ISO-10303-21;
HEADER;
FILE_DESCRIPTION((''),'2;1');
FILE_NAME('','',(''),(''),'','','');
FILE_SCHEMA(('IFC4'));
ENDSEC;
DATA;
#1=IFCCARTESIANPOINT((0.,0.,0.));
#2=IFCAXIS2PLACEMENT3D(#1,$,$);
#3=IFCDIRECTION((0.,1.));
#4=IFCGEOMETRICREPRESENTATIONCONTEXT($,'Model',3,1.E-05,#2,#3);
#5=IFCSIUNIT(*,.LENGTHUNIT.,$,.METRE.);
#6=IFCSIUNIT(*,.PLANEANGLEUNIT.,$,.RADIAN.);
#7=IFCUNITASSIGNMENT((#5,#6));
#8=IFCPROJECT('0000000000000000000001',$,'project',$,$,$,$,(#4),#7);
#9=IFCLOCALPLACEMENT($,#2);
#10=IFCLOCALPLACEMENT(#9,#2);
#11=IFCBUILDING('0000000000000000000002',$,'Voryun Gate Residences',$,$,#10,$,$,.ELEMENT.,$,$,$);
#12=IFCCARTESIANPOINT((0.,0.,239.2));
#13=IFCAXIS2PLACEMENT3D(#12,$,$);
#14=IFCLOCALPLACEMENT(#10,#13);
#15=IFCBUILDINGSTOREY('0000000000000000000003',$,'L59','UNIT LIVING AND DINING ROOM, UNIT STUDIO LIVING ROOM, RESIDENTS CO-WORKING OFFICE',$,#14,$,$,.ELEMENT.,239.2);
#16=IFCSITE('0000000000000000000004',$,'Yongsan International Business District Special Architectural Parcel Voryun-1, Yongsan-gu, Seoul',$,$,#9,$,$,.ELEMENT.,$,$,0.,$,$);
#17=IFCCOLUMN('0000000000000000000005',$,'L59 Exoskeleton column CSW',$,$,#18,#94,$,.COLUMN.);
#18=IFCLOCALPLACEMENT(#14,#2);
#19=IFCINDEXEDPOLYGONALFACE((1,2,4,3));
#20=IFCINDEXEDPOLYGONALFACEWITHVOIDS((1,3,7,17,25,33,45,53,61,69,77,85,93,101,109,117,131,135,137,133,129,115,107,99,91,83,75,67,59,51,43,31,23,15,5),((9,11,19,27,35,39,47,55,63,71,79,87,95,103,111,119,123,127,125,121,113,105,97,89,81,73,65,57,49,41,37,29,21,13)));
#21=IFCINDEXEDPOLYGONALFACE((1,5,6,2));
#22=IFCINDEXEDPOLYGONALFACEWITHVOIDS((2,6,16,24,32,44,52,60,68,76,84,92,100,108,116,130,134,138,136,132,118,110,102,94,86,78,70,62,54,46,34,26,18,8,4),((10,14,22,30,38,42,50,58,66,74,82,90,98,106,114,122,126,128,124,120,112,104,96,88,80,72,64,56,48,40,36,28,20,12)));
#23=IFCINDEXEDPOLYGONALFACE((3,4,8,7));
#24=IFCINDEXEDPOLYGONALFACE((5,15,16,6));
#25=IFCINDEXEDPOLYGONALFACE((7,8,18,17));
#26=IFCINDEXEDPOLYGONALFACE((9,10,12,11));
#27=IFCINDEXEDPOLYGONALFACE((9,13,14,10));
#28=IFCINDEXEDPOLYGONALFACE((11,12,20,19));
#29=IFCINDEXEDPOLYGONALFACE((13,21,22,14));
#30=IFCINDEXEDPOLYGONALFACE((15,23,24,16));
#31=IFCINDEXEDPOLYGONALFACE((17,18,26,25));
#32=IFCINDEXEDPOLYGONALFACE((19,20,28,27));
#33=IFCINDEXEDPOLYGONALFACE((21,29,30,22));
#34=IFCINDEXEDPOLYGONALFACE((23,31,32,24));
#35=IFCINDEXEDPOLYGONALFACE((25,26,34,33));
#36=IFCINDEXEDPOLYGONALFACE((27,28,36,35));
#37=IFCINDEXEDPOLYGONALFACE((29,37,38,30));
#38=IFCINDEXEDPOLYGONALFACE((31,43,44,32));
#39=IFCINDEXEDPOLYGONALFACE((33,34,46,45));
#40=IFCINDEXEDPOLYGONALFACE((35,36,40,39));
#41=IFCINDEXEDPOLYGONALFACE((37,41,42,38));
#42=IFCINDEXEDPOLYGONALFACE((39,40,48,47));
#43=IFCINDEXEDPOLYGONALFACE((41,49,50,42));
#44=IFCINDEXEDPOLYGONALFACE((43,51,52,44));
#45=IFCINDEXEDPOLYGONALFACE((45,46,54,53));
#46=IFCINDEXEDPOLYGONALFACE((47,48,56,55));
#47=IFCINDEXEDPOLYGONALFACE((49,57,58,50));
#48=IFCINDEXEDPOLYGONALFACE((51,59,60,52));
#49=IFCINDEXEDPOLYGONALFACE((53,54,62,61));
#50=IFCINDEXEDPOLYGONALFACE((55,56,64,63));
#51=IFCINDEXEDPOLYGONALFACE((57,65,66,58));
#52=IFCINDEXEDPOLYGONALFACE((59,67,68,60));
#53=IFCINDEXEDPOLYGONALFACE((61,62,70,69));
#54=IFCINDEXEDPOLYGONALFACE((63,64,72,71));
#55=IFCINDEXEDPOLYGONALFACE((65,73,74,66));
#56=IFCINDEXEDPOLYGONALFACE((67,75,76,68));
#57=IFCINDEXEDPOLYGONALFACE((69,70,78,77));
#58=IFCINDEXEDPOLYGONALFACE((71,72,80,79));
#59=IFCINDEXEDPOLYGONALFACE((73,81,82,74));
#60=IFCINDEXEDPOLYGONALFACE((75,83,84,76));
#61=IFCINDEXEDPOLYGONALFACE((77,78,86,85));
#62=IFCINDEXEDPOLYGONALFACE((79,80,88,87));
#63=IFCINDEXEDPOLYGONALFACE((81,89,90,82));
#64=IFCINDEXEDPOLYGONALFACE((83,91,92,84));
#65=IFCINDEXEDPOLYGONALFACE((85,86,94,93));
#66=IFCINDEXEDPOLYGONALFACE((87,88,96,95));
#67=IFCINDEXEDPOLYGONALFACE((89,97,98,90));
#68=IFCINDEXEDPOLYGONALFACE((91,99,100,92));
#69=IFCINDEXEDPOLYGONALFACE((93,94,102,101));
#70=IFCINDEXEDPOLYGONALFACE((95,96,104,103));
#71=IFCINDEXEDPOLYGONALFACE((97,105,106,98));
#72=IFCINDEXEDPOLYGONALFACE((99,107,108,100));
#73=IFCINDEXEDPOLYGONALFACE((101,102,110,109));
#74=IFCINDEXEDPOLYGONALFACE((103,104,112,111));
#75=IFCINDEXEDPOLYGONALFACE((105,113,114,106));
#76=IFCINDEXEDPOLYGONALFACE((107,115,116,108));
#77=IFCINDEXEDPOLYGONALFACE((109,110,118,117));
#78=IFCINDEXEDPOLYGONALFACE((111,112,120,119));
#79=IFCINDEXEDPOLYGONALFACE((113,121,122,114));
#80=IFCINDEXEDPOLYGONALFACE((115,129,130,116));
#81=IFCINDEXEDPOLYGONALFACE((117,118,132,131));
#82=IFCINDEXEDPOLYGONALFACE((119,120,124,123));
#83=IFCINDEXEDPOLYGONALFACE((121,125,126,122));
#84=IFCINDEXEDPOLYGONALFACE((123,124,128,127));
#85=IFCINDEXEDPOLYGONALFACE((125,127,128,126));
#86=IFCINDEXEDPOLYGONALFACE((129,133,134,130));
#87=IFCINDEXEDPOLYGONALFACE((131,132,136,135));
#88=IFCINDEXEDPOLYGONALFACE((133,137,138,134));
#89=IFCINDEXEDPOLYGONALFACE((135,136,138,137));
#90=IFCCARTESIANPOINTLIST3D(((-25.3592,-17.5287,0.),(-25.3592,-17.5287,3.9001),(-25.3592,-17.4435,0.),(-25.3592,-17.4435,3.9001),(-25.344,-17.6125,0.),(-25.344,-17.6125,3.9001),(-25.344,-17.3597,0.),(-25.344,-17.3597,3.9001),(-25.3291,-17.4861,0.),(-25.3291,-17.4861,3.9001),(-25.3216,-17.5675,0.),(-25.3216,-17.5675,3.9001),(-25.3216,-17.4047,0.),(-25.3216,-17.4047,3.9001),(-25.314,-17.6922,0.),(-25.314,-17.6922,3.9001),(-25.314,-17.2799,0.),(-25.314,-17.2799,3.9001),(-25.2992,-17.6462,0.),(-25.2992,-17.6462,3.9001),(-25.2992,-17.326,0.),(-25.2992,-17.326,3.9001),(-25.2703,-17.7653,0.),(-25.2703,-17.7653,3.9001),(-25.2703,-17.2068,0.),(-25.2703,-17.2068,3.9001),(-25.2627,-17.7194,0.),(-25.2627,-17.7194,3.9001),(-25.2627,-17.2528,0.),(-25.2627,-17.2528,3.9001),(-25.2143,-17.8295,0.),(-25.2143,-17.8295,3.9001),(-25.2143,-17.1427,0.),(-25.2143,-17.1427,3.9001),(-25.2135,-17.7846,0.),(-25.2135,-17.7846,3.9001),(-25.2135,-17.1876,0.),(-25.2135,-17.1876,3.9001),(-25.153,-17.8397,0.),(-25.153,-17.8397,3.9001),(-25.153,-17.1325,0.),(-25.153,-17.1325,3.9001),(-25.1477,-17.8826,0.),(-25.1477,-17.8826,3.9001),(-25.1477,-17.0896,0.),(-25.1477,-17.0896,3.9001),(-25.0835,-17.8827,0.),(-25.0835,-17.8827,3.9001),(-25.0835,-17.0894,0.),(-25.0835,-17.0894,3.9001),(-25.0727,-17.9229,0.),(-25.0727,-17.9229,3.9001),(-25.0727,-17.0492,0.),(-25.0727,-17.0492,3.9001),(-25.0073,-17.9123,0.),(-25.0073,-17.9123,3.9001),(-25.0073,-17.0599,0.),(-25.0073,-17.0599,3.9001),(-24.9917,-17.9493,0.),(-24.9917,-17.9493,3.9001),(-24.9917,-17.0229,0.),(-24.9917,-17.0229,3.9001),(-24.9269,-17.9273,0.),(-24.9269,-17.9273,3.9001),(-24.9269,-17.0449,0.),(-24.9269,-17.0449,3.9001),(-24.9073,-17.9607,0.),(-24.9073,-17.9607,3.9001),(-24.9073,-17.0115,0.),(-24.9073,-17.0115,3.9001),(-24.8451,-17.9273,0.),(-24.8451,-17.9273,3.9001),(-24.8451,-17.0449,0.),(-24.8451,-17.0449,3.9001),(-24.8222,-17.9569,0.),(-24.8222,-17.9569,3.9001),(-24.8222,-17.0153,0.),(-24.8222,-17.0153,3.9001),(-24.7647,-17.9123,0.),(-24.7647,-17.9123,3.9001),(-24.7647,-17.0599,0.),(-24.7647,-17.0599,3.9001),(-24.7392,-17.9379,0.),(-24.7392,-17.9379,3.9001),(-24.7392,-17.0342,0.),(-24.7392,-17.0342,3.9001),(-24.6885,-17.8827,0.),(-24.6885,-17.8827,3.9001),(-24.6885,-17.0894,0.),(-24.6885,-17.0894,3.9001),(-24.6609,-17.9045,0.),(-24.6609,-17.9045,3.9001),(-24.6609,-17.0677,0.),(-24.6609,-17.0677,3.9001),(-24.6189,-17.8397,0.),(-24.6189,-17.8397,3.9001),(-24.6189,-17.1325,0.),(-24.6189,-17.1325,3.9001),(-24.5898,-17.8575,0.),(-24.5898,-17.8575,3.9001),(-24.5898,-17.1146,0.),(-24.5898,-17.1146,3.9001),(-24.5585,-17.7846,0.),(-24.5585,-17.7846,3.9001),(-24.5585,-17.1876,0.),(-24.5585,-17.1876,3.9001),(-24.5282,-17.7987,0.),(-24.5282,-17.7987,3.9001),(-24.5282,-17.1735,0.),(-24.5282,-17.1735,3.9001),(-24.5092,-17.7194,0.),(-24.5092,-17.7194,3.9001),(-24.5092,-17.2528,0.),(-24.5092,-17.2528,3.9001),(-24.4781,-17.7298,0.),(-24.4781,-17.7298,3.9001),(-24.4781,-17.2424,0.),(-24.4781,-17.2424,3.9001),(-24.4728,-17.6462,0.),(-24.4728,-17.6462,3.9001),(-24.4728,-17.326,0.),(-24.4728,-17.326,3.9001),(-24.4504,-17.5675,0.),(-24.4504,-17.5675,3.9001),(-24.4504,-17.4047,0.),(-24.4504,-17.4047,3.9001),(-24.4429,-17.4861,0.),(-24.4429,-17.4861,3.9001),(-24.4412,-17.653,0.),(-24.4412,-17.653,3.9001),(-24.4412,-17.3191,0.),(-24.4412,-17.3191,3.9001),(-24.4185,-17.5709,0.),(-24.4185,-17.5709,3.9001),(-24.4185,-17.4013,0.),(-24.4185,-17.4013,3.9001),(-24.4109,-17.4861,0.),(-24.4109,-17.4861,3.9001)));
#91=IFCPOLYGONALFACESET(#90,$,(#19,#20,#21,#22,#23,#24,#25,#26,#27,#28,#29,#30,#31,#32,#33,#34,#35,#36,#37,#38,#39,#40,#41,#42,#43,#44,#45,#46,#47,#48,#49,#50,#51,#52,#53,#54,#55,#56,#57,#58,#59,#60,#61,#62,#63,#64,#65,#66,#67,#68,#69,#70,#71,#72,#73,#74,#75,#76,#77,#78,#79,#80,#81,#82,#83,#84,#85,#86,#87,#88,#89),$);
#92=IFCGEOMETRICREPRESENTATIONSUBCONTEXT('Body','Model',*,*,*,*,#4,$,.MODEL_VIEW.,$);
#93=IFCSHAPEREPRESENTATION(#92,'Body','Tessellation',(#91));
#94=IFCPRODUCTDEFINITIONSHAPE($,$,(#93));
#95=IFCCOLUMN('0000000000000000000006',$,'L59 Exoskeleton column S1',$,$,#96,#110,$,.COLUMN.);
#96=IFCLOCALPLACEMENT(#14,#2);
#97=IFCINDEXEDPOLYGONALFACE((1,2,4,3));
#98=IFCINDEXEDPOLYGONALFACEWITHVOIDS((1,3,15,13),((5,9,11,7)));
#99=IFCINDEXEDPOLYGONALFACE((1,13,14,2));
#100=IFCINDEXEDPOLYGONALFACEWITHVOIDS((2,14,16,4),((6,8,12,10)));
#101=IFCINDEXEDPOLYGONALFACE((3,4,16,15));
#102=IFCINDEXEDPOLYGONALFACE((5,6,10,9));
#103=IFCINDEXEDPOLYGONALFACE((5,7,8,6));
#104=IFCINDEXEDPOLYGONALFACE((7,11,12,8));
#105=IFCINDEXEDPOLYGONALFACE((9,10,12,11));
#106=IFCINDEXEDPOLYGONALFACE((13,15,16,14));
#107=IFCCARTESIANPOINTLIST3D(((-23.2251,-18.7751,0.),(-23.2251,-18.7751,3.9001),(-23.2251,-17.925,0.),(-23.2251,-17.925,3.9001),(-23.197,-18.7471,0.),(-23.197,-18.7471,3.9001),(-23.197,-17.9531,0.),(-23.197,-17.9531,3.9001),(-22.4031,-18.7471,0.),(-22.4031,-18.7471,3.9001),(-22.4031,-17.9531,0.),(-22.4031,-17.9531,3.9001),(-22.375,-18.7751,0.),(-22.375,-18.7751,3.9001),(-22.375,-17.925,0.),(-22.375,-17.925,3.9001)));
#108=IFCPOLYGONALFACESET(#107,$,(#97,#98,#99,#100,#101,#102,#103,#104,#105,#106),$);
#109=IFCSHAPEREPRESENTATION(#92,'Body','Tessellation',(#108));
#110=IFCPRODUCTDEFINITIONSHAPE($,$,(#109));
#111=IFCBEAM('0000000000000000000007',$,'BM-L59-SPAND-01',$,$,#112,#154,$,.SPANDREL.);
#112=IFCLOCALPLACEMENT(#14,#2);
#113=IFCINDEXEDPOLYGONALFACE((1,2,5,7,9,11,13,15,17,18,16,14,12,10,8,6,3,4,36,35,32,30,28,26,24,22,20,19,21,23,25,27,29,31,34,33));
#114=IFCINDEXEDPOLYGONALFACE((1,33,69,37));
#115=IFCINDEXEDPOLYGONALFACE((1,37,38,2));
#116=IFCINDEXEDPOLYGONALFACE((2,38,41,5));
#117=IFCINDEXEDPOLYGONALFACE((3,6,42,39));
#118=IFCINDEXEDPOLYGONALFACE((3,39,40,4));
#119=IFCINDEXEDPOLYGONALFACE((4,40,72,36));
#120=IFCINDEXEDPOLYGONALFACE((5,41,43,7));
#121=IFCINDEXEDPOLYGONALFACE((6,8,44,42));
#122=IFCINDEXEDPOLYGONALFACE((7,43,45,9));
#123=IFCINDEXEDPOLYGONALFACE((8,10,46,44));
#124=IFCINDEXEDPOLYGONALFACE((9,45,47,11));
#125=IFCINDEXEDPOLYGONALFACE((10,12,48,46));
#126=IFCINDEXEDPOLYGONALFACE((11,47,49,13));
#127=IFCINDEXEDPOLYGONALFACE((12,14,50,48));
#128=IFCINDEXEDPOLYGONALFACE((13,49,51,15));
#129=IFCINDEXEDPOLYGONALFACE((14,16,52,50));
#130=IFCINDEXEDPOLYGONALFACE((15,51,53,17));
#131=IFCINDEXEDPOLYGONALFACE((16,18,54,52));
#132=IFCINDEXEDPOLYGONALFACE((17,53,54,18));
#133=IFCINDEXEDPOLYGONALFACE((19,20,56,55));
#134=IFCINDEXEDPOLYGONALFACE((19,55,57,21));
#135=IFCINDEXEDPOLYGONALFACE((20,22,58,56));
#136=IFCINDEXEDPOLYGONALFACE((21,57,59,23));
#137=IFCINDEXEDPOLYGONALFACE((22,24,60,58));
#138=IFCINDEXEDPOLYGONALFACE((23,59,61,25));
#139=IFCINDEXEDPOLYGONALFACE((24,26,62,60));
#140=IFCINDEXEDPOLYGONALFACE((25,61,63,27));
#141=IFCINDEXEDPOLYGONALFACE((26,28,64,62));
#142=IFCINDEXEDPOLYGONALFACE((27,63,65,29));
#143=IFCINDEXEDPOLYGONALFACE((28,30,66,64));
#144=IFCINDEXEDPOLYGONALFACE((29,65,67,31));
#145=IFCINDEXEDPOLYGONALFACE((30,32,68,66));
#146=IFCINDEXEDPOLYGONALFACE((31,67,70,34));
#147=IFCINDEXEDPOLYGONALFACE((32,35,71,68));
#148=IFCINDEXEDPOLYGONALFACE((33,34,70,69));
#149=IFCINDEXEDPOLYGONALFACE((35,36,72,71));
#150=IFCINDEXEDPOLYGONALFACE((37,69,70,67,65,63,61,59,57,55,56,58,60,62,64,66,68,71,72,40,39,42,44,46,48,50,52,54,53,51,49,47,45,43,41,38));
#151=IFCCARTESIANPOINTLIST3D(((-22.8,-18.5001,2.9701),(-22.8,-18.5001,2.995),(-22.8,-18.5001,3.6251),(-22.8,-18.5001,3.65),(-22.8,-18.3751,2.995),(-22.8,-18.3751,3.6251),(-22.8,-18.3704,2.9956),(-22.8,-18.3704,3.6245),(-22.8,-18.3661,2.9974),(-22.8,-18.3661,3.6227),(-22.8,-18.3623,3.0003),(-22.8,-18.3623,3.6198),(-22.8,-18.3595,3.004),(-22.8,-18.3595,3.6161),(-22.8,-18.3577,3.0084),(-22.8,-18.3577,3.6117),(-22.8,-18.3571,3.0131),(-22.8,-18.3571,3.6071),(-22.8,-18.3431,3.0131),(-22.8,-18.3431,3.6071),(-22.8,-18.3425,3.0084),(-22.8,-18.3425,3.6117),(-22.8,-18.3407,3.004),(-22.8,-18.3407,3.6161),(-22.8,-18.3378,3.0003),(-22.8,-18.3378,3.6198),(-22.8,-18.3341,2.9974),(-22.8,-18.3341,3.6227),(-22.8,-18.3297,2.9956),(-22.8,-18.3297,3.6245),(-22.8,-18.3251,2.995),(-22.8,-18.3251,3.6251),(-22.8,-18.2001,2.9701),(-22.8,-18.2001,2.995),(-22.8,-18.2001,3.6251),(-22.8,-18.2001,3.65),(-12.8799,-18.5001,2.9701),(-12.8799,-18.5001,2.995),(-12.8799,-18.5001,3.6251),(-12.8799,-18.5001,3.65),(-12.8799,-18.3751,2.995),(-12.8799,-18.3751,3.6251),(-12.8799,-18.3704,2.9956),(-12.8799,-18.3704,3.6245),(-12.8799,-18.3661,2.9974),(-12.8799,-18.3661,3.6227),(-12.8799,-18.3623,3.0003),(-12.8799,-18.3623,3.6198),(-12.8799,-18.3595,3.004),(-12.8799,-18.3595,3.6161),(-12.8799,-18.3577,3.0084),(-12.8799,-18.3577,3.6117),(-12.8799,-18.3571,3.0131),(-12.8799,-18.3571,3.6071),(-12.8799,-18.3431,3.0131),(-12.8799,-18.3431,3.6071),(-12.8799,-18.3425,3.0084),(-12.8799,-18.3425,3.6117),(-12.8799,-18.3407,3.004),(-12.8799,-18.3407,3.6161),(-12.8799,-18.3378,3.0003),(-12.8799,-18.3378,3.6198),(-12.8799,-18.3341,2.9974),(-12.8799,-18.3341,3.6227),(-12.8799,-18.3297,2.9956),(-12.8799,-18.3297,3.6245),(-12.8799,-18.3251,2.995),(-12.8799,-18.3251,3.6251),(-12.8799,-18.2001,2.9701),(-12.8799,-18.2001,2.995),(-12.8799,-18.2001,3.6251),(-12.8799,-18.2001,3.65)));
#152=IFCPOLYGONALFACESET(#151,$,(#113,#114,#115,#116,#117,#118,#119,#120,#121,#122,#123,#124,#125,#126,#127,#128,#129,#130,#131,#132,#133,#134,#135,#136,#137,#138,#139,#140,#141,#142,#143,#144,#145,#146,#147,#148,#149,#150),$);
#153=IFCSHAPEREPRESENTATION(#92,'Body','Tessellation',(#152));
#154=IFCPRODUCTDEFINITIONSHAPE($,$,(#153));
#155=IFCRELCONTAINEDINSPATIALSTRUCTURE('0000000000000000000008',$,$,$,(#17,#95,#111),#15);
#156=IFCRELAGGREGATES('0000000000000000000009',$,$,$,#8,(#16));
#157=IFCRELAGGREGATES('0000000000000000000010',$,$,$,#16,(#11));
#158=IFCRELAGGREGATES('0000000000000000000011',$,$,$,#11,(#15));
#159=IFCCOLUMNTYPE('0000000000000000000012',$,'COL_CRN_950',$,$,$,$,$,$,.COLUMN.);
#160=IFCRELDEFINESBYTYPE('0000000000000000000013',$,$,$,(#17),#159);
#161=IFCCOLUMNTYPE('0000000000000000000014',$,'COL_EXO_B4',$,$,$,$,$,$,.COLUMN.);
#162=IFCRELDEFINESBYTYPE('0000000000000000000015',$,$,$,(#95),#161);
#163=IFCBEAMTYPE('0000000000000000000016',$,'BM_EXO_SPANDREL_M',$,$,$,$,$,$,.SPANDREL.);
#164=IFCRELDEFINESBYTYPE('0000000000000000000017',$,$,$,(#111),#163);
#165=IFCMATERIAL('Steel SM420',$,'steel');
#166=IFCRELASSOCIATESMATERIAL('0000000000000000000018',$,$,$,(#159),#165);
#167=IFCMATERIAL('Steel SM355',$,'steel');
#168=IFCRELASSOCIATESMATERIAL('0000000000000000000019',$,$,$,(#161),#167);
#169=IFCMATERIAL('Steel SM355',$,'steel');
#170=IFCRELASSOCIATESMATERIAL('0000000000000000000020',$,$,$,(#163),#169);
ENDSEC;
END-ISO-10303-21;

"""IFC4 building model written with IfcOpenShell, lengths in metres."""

from ifc_helpers import new_model, si_unit, direction, frame, origin, origin_2d, place, context, subcontext, project, spatial, hollow_rectangle, hollow_circle, i_section, extrude, material, material_profile, profile_set, type_object, element, save


model = new_model("IFC4")

# Units and contexts
model_context = context("Model", 3, precision=1e-05, world=origin(), true_north=direction((0.0, 1.0)))
body_context = subcontext(model_context, "Body", "Model", "MODEL_VIEW")
ifc_project = project(units=[si_unit("LENGTHUNIT", "METRE"), si_unit("PLANEANGLEUNIT", "RADIAN")], contexts=[model_context])

# Site, building, storey
site_placement = place(None, origin())
site = spatial("IfcSite", under=ifc_project, at=site_placement, Name="Yongsan International Business District Special Architectural Parcel Voryun-1, Yongsan-gu, Seoul", CompositionType="ELEMENT", RefElevation=0.0)
building_placement = place(site_placement, origin())
building = spatial("IfcBuilding", under=site, at=building_placement, Name="Voryun Gate Residences", CompositionType="ELEMENT")
storey_placement = place(building_placement, frame((0.0, 0.0, 239.2)))
storey = spatial("IfcBuildingStorey", under=building, at=storey_placement, Name="L59", Description="UNIT LIVING AND DINING ROOM, UNIT STUDIO LIVING ROOM, RESIDENTS CO-WORKING OFFICE", CompositionType="ELEMENT", Elevation=239.2)

# Columns
ifc_material_1 = material(Name="Steel SM420", Category="steel")
ifc_material_profile_1 = material_profile(ifc_material_1, hollow_circle(Radius=0.4751, WallThickness=0.032, at=origin_2d()), Name="CHS-950x32")
ifc_profile_set_1 = profile_set([ifc_material_profile_1], Name="Steel SM420")
column_type_1 = type_object("IfcColumnType", Name="COL_CRN_950", PredefinedType="COLUMN", material=ifc_profile_set_1)
column_1_placement = place(storey_placement, frame((-24.886, -17.4861, 0.0), z_axis=(0.0, 0.0, 1.0), x_axis=(1.0, 0.0, 0.0)))
element("IfcColumn", 1, at=column_1_placement, inside=storey, type_object=column_type_1, Name="L59 Exoskeleton column CSW", PredefinedType="COLUMN", context=body_context, shape_type="SweptSolid", body=[
    extrude(hollow_circle(Radius=0.4751, WallThickness=0.032, at=origin_2d()), origin(), (0.0, 0.0, 1.0), 3.9001),
])
ifc_material_2 = material(Name="Steel SM355", Category="steel")
ifc_material_profile_2 = material_profile(ifc_material_2, hollow_rectangle(XDim=0.8501, YDim=0.8501, WallThickness=0.0281, at=origin_2d()), Name="BOX-850x850x28")
ifc_profile_set_2 = profile_set([ifc_material_profile_2], Name="Steel SM355")
column_type_2 = type_object("IfcColumnType", Name="COL_EXO_B4", PredefinedType="COLUMN", material=ifc_profile_set_2)
column_2_placement = place(storey_placement, frame((-22.8, -18.3501, 0.0), z_axis=(0.0, 0.0, 1.0), x_axis=(1.0, 0.0, 0.0)))
element("IfcColumn", 2, at=column_2_placement, inside=storey, type_object=column_type_2, Name="L59 Exoskeleton column S1", PredefinedType="COLUMN", context=body_context, shape_type="SweptSolid", body=[
    extrude(hollow_rectangle(XDim=0.8501, YDim=0.8501, WallThickness=0.0281, at=origin_2d()), origin(), (0.0, 0.0, 1.0), 3.9001),
])

# Beam
ifc_material_3 = material(Name="Steel SM355", Category="steel")
ifc_material_profile_3 = material_profile(ifc_material_3, i_section(OverallWidth=0.3, OverallDepth=0.6799, WebThickness=0.0139, FlangeThickness=0.0249, FilletRadius=0.0181, at=origin_2d()), Name="H-680x300x14x25")
ifc_profile_set_3 = profile_set([ifc_material_profile_3], Name="Steel SM355")
beam_type = type_object("IfcBeamType", Name="BM_EXO_SPANDREL_M", PredefinedType="SPANDREL", material=ifc_profile_set_3)
beam_1_placement = place(storey_placement, frame((-22.8, -18.3501, 3.3101), z_axis=(1.0, 0.0, 0.0), x_axis=(0.0, 1.0, 0.0)))
element("IfcBeam", 3, at=beam_1_placement, inside=storey, type_object=beam_type, Name="BM-L59-SPAND-01", PredefinedType="SPANDREL", context=body_context, shape_type="SweptSolid", body=[
    extrude(i_section(OverallWidth=0.3, OverallDepth=0.6799, WebThickness=0.0139, FlangeThickness=0.0249, FilletRadius=0.0181, at=origin_2d()), origin(), (0.0, 0.0, 1.0), 9.9202),
])

save(model, "model.ifc")
